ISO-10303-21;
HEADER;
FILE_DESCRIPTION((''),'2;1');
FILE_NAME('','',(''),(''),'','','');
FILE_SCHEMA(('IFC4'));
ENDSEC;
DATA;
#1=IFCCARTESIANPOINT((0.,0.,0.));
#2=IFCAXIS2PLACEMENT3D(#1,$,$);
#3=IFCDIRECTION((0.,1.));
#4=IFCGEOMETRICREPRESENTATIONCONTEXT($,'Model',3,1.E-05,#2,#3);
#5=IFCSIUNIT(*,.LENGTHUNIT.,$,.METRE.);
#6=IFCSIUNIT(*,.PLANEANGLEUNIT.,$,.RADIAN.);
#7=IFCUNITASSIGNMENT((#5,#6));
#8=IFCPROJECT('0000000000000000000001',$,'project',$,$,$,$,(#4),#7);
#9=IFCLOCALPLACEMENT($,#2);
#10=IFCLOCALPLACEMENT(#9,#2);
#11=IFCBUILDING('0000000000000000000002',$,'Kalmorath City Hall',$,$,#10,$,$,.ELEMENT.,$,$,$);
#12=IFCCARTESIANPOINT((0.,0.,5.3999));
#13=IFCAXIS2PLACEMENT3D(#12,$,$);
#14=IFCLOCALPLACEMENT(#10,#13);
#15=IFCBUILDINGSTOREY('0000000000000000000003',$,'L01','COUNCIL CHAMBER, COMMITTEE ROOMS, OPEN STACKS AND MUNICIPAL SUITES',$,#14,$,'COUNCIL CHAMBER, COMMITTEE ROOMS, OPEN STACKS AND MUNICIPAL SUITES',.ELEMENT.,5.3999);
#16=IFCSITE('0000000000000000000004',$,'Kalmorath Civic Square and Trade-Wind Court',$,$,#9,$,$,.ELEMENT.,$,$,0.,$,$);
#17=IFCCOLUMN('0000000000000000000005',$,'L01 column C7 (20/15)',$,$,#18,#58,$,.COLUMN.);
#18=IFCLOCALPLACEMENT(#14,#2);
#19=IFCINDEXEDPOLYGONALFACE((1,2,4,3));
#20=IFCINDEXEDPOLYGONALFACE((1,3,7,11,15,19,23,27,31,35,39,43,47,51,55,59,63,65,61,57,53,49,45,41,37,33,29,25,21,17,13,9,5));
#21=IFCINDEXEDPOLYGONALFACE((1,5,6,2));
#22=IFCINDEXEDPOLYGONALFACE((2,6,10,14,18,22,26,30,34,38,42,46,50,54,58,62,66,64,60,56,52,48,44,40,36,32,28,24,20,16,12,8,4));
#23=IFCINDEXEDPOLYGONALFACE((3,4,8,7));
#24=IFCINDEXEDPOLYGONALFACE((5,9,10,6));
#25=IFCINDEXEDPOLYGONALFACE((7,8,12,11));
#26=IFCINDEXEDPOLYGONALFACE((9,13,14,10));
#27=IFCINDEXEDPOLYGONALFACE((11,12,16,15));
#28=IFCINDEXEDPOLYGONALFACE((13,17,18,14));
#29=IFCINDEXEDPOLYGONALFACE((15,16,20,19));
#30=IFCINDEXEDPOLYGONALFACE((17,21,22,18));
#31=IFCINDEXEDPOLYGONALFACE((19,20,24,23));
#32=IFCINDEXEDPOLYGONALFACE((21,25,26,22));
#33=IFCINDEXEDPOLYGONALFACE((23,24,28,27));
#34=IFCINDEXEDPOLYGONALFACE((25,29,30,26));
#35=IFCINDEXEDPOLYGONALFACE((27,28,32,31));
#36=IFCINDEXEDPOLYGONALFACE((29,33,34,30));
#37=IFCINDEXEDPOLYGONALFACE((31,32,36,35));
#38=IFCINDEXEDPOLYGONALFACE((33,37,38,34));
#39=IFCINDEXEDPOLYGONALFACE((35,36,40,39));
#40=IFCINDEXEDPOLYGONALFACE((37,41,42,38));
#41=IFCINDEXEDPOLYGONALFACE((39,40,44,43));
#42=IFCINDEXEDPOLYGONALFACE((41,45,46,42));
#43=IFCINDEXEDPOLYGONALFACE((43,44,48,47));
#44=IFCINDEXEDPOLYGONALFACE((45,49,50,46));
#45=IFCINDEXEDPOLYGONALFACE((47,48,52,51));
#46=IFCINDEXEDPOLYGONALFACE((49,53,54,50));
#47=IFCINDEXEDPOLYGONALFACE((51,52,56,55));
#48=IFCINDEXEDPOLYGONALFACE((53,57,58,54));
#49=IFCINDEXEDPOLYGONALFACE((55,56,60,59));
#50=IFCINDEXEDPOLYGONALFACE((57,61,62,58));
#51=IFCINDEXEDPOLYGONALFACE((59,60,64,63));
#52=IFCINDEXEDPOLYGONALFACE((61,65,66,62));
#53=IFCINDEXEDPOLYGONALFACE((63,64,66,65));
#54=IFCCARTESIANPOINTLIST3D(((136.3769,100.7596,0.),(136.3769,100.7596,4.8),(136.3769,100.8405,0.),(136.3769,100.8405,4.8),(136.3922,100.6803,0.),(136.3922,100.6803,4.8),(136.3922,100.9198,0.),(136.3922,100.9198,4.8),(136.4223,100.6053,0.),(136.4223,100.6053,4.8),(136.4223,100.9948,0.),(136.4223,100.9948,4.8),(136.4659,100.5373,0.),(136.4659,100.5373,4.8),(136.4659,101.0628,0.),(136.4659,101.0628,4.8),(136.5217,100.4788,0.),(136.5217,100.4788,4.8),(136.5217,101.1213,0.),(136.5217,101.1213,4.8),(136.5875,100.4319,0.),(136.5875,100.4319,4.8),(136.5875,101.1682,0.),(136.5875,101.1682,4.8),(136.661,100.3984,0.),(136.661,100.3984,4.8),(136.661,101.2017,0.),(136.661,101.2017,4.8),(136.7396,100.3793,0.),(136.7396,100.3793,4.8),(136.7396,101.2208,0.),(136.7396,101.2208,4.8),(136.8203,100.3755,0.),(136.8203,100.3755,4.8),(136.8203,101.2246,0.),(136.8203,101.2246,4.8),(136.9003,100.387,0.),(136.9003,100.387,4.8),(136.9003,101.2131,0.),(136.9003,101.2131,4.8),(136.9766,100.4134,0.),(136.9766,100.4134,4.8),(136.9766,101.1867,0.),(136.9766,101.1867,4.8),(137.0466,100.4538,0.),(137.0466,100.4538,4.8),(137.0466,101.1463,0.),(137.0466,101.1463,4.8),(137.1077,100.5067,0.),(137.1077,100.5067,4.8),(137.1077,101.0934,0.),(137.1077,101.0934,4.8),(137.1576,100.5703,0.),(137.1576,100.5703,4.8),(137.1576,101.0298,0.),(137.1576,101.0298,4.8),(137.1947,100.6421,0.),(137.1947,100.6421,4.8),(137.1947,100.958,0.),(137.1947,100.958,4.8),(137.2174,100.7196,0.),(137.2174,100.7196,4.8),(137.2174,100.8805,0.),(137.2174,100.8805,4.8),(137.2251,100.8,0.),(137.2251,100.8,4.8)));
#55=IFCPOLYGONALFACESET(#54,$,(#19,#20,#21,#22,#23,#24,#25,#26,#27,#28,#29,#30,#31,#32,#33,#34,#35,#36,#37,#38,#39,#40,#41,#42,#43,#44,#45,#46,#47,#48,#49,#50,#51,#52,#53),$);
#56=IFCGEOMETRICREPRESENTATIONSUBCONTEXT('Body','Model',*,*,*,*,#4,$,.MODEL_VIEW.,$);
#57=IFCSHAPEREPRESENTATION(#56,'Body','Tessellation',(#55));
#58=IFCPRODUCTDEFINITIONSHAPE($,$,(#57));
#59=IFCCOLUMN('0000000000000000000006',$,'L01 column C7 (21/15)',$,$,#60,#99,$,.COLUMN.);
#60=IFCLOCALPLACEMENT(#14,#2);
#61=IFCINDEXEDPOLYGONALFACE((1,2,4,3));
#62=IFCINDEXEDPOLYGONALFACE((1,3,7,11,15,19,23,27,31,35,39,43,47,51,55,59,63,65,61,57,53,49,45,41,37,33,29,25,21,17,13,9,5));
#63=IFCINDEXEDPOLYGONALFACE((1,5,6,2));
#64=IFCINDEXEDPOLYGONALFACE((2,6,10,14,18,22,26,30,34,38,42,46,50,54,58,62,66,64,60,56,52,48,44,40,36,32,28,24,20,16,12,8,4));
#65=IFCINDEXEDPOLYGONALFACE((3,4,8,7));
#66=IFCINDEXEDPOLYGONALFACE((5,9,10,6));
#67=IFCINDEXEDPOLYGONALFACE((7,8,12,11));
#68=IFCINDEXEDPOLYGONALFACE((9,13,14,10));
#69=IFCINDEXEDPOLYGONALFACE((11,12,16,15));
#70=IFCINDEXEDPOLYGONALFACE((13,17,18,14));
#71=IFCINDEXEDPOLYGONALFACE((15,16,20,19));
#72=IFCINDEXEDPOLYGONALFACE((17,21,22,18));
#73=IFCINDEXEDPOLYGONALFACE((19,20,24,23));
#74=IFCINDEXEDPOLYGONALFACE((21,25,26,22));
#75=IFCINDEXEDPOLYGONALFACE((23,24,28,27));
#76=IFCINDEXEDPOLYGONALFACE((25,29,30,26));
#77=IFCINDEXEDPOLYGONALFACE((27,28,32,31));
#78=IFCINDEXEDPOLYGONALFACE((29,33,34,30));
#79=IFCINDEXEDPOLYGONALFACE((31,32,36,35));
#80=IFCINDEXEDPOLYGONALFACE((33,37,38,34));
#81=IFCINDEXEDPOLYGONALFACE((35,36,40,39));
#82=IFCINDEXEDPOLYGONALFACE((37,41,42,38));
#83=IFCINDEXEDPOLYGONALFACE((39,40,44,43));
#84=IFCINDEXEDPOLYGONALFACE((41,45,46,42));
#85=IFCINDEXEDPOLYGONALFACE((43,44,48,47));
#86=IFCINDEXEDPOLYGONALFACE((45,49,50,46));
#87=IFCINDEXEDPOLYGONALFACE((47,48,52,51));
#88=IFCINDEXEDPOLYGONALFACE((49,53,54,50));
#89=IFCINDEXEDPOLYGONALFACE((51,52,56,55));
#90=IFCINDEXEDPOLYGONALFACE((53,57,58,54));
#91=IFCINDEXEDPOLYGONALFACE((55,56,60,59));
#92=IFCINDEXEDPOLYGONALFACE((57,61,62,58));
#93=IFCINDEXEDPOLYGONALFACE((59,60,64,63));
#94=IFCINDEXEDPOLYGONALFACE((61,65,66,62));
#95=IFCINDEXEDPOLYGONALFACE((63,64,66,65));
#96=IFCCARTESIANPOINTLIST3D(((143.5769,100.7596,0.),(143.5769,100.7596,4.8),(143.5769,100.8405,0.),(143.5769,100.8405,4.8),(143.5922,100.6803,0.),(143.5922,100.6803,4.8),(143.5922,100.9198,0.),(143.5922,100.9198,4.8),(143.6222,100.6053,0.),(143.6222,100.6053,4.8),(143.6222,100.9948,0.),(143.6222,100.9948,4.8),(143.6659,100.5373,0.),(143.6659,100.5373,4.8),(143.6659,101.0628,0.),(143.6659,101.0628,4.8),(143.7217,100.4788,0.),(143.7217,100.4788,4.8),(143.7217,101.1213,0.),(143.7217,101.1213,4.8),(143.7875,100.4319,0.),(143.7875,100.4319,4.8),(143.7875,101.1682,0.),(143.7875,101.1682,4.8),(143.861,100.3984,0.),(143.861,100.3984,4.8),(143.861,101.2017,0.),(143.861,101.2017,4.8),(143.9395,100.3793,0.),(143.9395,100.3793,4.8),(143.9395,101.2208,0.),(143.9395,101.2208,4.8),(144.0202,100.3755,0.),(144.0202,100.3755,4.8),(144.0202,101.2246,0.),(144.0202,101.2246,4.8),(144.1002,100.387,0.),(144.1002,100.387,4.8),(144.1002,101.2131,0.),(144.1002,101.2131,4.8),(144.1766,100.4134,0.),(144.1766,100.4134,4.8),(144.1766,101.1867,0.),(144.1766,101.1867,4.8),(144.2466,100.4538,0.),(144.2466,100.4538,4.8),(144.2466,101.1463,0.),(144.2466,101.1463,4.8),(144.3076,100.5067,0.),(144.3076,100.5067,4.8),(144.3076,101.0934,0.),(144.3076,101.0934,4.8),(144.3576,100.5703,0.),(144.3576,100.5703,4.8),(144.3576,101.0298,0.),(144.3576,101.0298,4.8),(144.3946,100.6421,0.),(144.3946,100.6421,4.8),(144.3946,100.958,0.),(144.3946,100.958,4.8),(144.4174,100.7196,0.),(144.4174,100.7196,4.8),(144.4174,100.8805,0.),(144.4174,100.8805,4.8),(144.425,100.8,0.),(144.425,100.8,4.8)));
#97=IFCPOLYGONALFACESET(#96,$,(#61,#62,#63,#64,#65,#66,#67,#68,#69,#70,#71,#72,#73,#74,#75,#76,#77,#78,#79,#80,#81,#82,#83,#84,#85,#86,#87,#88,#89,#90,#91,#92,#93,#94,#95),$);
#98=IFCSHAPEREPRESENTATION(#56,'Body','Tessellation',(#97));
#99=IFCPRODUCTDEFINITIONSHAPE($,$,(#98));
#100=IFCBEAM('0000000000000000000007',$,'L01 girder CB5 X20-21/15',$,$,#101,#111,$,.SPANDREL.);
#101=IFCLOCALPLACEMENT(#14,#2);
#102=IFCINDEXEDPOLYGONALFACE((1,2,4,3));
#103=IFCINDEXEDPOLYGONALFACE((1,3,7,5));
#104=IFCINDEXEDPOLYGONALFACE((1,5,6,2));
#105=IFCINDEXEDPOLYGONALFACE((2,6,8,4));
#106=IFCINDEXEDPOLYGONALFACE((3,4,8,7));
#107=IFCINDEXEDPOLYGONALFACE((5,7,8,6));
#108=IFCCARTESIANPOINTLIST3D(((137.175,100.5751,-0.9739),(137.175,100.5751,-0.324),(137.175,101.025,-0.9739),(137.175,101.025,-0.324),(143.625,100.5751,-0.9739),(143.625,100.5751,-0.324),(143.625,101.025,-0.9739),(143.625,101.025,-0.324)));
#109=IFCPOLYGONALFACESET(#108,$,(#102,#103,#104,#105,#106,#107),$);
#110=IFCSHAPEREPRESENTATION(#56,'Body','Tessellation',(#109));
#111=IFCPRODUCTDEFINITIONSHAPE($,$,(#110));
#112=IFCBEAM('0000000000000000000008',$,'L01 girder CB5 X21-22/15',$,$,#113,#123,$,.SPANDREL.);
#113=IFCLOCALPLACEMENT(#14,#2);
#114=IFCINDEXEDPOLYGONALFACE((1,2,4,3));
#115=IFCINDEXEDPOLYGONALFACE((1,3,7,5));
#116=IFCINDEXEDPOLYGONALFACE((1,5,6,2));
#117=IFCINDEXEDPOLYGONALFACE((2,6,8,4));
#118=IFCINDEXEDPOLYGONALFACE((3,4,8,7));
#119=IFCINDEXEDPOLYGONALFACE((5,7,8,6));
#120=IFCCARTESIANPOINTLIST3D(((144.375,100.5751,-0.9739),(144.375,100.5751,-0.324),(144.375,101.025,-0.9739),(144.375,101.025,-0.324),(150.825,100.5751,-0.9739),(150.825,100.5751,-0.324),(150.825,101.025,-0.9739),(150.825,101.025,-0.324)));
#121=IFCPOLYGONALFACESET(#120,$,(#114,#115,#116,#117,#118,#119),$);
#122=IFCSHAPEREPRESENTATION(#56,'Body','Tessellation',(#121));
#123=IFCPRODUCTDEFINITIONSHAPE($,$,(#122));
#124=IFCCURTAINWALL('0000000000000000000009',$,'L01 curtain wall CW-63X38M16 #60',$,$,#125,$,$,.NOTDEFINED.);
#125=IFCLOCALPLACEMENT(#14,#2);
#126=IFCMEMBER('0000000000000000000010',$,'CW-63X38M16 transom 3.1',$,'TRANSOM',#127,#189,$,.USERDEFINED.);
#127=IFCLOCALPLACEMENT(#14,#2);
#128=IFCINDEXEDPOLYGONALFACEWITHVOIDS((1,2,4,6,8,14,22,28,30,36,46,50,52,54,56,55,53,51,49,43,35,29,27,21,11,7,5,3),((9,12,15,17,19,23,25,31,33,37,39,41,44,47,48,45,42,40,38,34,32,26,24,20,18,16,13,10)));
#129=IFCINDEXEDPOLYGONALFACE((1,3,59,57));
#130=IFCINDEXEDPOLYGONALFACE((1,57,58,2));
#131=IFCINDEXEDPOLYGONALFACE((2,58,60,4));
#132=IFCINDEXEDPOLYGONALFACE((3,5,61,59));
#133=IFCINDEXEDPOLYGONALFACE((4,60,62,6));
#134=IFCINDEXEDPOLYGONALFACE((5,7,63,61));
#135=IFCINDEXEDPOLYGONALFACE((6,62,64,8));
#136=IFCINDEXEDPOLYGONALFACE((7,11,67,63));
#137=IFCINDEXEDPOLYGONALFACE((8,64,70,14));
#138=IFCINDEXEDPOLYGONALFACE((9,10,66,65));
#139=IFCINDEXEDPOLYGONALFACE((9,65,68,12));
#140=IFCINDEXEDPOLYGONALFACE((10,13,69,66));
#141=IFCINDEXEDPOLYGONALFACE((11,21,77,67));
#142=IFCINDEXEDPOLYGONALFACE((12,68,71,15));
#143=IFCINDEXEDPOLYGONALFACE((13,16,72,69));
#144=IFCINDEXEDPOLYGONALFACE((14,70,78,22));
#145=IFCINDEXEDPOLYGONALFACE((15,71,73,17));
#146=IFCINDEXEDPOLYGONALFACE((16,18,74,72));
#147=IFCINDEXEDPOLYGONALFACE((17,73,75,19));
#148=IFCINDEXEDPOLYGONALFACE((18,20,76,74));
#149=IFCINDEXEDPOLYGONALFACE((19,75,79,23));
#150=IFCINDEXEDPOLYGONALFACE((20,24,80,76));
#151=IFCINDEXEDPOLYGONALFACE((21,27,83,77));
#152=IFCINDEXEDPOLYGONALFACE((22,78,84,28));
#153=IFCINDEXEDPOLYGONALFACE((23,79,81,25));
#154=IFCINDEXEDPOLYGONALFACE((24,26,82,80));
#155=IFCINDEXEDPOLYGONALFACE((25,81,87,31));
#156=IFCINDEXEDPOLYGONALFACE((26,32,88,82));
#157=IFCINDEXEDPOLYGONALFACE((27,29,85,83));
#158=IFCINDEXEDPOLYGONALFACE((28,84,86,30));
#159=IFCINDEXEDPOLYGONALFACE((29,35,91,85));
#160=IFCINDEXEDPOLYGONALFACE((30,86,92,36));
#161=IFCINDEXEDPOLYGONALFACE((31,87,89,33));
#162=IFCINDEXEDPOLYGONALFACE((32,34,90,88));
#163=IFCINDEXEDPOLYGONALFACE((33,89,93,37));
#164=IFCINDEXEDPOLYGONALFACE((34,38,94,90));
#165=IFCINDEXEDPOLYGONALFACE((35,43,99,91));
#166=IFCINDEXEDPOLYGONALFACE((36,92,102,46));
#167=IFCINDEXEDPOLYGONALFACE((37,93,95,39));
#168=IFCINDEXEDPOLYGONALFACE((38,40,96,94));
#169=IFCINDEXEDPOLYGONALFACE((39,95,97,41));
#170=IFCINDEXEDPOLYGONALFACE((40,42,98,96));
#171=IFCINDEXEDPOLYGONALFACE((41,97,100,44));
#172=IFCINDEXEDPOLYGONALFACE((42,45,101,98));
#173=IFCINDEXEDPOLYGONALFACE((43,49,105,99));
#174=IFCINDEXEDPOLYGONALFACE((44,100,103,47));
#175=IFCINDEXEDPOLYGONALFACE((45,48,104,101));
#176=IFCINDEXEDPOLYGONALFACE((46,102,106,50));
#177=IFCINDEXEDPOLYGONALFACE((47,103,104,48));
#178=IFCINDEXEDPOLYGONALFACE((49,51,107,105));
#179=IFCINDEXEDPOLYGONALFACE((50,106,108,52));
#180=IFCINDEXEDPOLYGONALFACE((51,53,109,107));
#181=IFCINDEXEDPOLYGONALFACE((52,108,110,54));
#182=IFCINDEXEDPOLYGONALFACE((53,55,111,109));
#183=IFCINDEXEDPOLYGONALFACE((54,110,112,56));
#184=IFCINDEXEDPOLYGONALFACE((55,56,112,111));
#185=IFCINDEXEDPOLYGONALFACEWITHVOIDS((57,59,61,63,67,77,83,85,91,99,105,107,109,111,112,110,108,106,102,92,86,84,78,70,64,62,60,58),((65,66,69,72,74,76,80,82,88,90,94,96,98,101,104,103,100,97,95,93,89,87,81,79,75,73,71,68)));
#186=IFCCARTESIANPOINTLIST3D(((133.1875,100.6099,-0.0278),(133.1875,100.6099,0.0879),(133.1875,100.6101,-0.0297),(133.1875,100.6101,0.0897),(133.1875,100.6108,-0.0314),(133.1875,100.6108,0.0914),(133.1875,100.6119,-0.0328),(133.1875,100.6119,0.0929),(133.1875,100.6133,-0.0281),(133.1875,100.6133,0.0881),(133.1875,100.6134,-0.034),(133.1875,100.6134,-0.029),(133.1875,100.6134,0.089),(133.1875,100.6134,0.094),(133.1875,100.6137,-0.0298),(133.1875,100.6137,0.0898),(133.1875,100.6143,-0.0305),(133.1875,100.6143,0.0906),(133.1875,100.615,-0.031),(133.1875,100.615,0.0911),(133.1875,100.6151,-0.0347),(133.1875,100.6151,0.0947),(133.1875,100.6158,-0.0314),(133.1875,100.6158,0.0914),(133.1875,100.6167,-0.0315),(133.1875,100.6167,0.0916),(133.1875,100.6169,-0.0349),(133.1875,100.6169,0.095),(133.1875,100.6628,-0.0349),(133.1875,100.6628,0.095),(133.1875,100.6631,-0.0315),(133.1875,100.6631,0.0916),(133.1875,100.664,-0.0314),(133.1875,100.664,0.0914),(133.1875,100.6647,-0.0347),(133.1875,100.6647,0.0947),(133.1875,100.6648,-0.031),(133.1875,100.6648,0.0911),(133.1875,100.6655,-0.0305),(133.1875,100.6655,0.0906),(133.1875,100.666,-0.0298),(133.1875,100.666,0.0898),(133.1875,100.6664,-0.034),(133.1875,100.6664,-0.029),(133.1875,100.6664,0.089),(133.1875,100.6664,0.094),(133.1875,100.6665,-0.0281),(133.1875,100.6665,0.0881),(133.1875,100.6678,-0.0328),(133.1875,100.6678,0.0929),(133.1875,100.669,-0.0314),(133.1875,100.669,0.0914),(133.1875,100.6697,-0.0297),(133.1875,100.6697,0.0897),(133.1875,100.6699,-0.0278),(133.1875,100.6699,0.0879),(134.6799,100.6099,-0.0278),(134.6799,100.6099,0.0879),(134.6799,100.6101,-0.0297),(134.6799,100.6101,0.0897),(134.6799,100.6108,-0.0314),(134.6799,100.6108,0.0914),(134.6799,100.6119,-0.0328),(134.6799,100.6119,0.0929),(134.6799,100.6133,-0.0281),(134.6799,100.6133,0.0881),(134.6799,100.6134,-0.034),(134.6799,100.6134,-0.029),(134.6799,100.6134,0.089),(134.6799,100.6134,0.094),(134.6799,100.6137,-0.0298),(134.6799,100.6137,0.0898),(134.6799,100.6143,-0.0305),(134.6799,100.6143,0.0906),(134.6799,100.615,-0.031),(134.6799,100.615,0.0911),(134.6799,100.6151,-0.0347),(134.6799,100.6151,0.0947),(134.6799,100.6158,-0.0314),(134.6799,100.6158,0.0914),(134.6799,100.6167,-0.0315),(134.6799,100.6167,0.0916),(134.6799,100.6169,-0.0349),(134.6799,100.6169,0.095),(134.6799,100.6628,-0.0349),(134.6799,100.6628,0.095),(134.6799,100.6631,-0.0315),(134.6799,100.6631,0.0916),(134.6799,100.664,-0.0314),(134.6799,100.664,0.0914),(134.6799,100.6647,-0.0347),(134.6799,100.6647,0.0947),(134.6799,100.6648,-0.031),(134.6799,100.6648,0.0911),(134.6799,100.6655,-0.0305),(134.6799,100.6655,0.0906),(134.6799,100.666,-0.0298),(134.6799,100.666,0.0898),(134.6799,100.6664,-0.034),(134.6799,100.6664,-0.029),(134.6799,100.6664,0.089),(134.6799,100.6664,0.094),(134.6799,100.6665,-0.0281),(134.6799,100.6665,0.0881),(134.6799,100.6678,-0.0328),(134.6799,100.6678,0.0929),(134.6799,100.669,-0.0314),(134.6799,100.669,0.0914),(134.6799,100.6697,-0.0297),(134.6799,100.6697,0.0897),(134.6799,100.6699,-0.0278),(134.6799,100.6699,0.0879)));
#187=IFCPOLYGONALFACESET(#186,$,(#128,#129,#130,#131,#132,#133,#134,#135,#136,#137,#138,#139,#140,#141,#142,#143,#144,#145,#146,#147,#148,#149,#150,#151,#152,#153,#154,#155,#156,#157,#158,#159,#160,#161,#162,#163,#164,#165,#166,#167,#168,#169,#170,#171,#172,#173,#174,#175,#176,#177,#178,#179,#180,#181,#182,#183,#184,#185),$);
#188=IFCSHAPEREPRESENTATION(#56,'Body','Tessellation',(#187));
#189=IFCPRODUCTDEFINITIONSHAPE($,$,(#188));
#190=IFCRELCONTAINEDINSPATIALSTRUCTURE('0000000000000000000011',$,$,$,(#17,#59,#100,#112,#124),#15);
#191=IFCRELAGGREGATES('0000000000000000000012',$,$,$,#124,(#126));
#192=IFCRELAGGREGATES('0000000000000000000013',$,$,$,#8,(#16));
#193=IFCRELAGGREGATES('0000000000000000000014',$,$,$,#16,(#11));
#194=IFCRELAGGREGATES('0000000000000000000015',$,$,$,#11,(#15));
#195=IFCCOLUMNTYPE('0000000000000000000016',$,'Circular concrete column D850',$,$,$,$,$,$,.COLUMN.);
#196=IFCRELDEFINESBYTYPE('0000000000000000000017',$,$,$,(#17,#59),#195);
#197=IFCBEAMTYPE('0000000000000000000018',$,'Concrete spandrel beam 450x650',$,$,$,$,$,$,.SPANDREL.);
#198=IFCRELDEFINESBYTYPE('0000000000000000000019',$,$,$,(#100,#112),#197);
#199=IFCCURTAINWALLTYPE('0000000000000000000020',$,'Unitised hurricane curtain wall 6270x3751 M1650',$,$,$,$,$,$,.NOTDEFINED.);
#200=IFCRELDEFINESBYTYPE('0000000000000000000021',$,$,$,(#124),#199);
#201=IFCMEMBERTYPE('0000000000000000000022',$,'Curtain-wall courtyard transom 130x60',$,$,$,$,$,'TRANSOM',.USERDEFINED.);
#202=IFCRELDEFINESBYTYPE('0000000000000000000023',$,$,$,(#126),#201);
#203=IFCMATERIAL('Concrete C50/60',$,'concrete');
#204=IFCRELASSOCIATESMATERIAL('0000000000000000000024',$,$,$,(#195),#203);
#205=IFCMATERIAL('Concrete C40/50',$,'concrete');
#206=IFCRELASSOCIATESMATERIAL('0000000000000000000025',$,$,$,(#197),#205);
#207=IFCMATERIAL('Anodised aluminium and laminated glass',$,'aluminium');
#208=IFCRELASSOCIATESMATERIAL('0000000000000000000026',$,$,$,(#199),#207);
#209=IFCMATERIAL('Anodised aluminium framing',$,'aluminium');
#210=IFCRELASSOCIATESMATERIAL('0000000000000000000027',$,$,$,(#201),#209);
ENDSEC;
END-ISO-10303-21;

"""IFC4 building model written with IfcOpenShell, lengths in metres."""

from ifc_helpers import new_model, si_unit, direction, frame, origin, origin_2d, place, context, subcontext, project, spatial, rectangle, hollow_rectangle, circle, extrude, material, material_profile, profile_set, type_object, element, aggregate, save


model = new_model("IFC4")

# Units and contexts
model_context = context("Model", 3, precision=1e-05, world=origin(), true_north=direction((0.0, 1.0)))
body_context = subcontext(model_context, "Body", "Model", "MODEL_VIEW")
ifc_project = project(units=[si_unit("LENGTHUNIT", "METRE"), si_unit("PLANEANGLEUNIT", "RADIAN")], contexts=[model_context])

# Site, building, storey
site_placement = place(None, origin())
site = spatial("IfcSite", under=ifc_project, at=site_placement, Name="Kalmorath Civic Square and Trade-Wind Court", CompositionType="ELEMENT", RefElevation=0.0)
building_placement = place(site_placement, origin())
building = spatial("IfcBuilding", under=site, at=building_placement, Name="Kalmorath City Hall", CompositionType="ELEMENT")
storey_placement = place(building_placement, frame((0.0, 0.0, 5.3999)))
storey = spatial("IfcBuildingStorey", under=building, at=storey_placement, Name="L01", Description="COUNCIL CHAMBER, COMMITTEE ROOMS, OPEN STACKS AND MUNICIPAL SUITES", LongName="COUNCIL CHAMBER, COMMITTEE ROOMS, OPEN STACKS AND MUNICIPAL SUITES", CompositionType="ELEMENT", Elevation=5.3999)

# Columns
ifc_material_1 = material(Name="Concrete C50/60", Category="concrete")
ifc_material_profile_1 = material_profile(ifc_material_1, circle(Radius=0.425, at=origin_2d()), Name="RC-COL-D850")
ifc_profile_set_1 = profile_set([ifc_material_profile_1], Name="Concrete C50/60")
column_type = type_object("IfcColumnType", Name="Circular concrete column D850", PredefinedType="COLUMN", material=ifc_profile_set_1)
for number, where, z_axis, x_axis, name in (
    (1, (136.8, 100.8, 0.0), (0.0, 0.0, 1.0), (1.0, 0.0, 0.0), "L01 column C7 (20/15)"),
    (2, (144.0, 100.8, 0.0), (0.0, 0.0, 1.0), (1.0, 0.0, 0.0), "L01 column C7 (21/15)"),
):
    element("IfcColumn", number, at=place(storey_placement, frame(where, z_axis=z_axis, x_axis=x_axis)), inside=storey, type_object=column_type, Name=name, PredefinedType="COLUMN", context=body_context, shape_type="SweptSolid", body=[
        extrude(circle(Radius=0.425, at=origin_2d()), origin(), (0.0, 0.0, 1.0), 4.8),
    ])

# Beams
ifc_material_2 = material(Name="Concrete C40/50", Category="concrete")
ifc_material_profile_2 = material_profile(ifc_material_2, rectangle(XDim=0.45, YDim=0.6499, at=origin_2d()), Name="RC-BM-450X650")
ifc_profile_set_2 = profile_set([ifc_material_profile_2], Name="Concrete C40/50")
beam_type = type_object("IfcBeamType", Name="Concrete spandrel beam 450x650", PredefinedType="SPANDREL", material=ifc_profile_set_2)
for number, where, z_axis, x_axis, name in (
    (3, (137.175, 100.8, -0.6489), (1.0, 0.0, 0.0), (0.0, 1.0, 0.0), "L01 girder CB5 X20-21/15"),
    (4, (144.375, 100.8, -0.6489), (1.0, 0.0, 0.0), (0.0, 1.0, 0.0), "L01 girder CB5 X21-22/15"),
):
    element("IfcBeam", number, at=place(storey_placement, frame(where, z_axis=z_axis, x_axis=x_axis)), inside=storey, type_object=beam_type, Name=name, PredefinedType="SPANDREL", context=body_context, shape_type="SweptSolid", body=[
        extrude(rectangle(XDim=0.45, YDim=0.6499, at=origin_2d()), origin(), (0.0, 0.0, 1.0), 6.45),
    ])

# Curtain wall, member
ifc_material_3 = material(Name="Anodised aluminium and laminated glass", Category="aluminium")
curtain_wall_type_1 = type_object("IfcCurtainWallType", Name="Unitised hurricane curtain wall 6270x3751 M1650", PredefinedType="NOTDEFINED", material=ifc_material_3)
curtain_wall_1_placement = place(storey_placement, origin())
curtain_wall_1 = element("IfcCurtainWall", 5, at=curtain_wall_1_placement, inside=storey, type_object=curtain_wall_type_1, Name="L01 curtain wall CW-63X38M16 #60", PredefinedType="NOTDEFINED")
ifc_material_4 = material(Name="Anodised aluminium framing", Category="aluminium")
ifc_material_profile_3 = material_profile(ifc_material_4, hollow_rectangle(XDim=0.0601, YDim=0.1299, WallThickness=0.0034, InnerFilletRadius=0.0034, OuterFilletRadius=0.0071, at=origin_2d()), Name="ALU-TRN-130X60X3.5")
ifc_profile_set_3 = profile_set([ifc_material_profile_3], Name="Anodised aluminium framing")
member_type_1 = type_object("IfcMemberType", Name="Curtain-wall courtyard transom 130x60", ElementType="TRANSOM", PredefinedType="USERDEFINED", material=ifc_profile_set_3)
member_1_placement = place(storey_placement, frame((133.1875, 100.6399, 0.03), z_axis=(1.0, 0.0, 0.0), x_axis=(0.0, 1.0, 0.0)))
member_1 = element("IfcMember", 6, at=member_1_placement, type_object=member_type_1, Name="CW-63X38M16 transom 3.1", ObjectType="TRANSOM", PredefinedType="USERDEFINED", context=body_context, shape_type="SweptSolid", body=[
    extrude(hollow_rectangle(XDim=0.0601, YDim=0.1299, WallThickness=0.0034, InnerFilletRadius=0.0034, OuterFilletRadius=0.0071, at=origin_2d()), origin(), (0.0, 0.0, 1.0), 1.4924),
])

aggregate(curtain_wall_1, [member_1])

save(model, "model.ifc")
